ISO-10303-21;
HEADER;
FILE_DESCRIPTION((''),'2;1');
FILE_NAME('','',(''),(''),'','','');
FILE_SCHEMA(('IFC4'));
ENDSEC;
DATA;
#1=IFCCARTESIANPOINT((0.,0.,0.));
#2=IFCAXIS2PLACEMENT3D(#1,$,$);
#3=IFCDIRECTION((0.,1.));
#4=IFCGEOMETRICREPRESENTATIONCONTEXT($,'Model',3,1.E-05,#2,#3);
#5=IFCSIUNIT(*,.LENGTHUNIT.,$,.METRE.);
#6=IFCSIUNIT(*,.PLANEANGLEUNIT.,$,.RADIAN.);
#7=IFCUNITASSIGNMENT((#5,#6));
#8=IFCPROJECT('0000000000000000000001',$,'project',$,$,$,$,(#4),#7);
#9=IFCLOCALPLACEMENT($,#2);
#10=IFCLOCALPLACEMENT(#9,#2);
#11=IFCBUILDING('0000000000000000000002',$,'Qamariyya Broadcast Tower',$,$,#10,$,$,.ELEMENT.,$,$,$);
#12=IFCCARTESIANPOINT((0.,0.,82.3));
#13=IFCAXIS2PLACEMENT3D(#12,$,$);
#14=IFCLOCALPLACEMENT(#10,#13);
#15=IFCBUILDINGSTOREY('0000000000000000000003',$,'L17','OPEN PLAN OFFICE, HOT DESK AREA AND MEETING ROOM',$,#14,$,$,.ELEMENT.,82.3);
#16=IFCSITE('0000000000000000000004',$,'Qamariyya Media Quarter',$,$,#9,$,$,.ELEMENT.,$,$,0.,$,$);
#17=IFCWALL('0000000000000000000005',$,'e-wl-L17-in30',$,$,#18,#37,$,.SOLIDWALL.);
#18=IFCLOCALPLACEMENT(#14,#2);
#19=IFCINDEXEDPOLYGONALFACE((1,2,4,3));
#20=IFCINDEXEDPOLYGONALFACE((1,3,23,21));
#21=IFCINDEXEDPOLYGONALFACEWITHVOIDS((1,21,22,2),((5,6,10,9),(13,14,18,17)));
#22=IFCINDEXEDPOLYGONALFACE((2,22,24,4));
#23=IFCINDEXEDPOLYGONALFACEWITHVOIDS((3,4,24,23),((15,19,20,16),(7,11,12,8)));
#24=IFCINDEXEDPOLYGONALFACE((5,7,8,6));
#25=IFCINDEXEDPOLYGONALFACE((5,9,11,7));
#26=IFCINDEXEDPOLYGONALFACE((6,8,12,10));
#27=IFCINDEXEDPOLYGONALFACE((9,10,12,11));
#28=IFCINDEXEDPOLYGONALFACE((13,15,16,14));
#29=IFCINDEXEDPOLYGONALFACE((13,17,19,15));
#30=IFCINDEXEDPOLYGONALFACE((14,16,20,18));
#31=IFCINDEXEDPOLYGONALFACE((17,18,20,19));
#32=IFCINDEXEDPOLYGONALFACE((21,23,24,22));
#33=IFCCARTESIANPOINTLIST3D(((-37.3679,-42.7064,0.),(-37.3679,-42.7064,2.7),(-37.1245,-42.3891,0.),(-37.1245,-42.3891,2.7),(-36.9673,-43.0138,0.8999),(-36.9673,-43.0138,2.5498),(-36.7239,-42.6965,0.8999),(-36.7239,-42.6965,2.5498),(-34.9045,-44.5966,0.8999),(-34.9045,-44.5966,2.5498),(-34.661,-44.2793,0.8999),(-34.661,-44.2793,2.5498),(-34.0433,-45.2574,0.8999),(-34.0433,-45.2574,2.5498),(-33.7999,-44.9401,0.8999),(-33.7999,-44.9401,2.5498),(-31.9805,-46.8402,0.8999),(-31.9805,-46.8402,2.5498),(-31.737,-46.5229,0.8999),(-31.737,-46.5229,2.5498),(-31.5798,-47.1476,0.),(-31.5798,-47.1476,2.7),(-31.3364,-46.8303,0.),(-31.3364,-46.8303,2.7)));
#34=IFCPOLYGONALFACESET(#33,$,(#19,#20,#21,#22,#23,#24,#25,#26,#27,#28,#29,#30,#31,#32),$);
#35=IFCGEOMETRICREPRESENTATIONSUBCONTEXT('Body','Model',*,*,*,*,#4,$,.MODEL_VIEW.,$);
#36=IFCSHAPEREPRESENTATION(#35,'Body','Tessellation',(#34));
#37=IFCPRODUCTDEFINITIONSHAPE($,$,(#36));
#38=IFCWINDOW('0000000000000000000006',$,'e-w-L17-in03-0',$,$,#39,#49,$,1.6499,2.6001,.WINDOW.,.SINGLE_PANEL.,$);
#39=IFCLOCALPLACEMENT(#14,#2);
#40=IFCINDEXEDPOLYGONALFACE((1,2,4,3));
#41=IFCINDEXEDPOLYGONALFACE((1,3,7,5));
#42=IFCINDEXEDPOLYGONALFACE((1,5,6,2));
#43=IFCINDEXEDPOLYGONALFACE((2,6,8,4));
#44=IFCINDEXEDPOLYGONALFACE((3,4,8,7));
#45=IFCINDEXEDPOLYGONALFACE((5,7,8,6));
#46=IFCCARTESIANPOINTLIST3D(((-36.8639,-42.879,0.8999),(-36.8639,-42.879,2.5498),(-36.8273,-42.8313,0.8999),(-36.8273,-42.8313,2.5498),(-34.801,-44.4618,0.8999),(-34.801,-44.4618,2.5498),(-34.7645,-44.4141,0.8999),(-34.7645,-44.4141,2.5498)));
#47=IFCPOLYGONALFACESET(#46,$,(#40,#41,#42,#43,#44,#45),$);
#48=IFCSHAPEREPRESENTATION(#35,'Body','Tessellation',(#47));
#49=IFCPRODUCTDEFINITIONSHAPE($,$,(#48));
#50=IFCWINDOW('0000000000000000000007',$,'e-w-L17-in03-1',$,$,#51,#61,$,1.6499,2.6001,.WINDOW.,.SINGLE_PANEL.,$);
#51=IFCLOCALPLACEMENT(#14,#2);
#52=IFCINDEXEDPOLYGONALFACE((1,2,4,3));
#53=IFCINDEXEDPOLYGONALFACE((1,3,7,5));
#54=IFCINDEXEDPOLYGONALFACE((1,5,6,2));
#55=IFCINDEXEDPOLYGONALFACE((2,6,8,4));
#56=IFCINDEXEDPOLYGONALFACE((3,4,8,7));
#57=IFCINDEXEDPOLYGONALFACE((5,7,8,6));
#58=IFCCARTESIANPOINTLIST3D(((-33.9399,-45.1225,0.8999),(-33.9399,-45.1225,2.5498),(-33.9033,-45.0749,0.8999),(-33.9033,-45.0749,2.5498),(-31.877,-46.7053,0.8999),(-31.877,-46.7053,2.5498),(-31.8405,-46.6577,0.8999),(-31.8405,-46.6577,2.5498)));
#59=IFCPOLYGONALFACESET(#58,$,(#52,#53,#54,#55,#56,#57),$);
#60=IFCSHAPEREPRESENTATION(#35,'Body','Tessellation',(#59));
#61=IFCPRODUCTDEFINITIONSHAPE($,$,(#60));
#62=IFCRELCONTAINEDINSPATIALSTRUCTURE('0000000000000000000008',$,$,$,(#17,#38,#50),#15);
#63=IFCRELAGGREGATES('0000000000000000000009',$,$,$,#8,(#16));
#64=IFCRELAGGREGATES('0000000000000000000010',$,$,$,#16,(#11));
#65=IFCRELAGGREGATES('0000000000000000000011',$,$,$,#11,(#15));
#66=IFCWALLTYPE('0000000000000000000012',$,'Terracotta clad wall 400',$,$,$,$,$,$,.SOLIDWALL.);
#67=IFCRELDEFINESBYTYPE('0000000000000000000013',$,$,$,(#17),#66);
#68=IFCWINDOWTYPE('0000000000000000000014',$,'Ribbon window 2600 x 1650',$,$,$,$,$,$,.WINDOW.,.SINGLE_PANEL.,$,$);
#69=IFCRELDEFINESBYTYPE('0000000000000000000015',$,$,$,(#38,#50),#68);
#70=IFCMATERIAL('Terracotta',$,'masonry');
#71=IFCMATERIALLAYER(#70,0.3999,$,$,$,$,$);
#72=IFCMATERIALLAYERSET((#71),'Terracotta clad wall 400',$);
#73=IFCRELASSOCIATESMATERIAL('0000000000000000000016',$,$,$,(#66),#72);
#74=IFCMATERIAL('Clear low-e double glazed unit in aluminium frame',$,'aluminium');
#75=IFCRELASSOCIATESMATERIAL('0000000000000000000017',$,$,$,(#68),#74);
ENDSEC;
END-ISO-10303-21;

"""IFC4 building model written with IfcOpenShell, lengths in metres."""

from ifc_helpers import new_model, si_unit, direction, frame, frame_2d, origin, place, context, subcontext, project, spatial, rectangle, extrude, material, layer, layer_set, type_object, element, fill, save


model = new_model("IFC4")

# Units and contexts
model_context = context("Model", 3, precision=1e-05, world=origin(), true_north=direction((0.0, 1.0)))
body_context = subcontext(model_context, "Body", "Model", "MODEL_VIEW")
ifc_project = project(units=[si_unit("LENGTHUNIT", "METRE"), si_unit("PLANEANGLEUNIT", "RADIAN")], contexts=[model_context])

# Site, building, storey
site_placement = place(None, origin())
site = spatial("IfcSite", under=ifc_project, at=site_placement, Name="Qamariyya Media Quarter", CompositionType="ELEMENT", RefElevation=0.0)
building_placement = place(site_placement, origin())
building = spatial("IfcBuilding", under=site, at=building_placement, Name="Qamariyya Broadcast Tower", CompositionType="ELEMENT")
storey_placement = place(building_placement, frame((0.0, 0.0, 82.3)))
storey = spatial("IfcBuildingStorey", under=building, at=storey_placement, Name="L17", Description="OPEN PLAN OFFICE, HOT DESK AREA AND MEETING ROOM", CompositionType="ELEMENT", Elevation=82.3)

# Wall, openings, windows
ifc_material_1 = material(Name="Terracotta", Category="masonry")
ifc_layer_1 = layer(ifc_material_1, 0.3999)
ifc_layer_set_1 = layer_set([ifc_layer_1], Name="Terracotta clad wall 400")
wall_type = type_object("IfcWallType", Name="Terracotta clad wall 400", PredefinedType="SOLIDWALL", material=ifc_layer_set_1)
ifc_material_2 = material(Name="Clear low-e double glazed unit in aluminium frame", Category="aluminium")
window_type = type_object("IfcWindowType", Name="Ribbon window 2600 x 1650", PartitioningType="SINGLE_PANEL", PredefinedType="WINDOW", material=ifc_material_2)
wall_1_placement = place(storey_placement, frame((-31.458, -46.989, 0.0), z_axis=(0.0, 0.0, 1.0), x_axis=(-0.793366, 0.608745, 0.0)))
wall_1 = element("IfcWall", 1, at=wall_1_placement, inside=storey, type_object=wall_type, Name="e-wl-L17-in30", PredefinedType="SOLIDWALL", context=body_context, shape_type="SweptSolid", body=[
    extrude(rectangle(XDim=7.2957, YDim=0.3999, at=frame_2d((3.6479, 0.0))), origin(), (0.0, 0.0, 1.0), 2.7),
])
opening_1_placement = place(wall_1_placement, frame((4.1907, 0.0, 0.8999)))
opening_1 = element("IfcOpeningElement", 2, at=opening_1_placement, cuts=wall_1, PredefinedType="OPENING", context=body_context, shape_type="SweptSolid", body=[
    extrude(rectangle(XDim=2.6001, YDim=1.6499, at=frame_2d((1.3, 0.825))), frame((0.0, 0.21, 0.0), z_axis=(0.0, -1.0, 0.0), x_axis=(1.0, 0.0, 0.0)), (0.0, 0.0, 1.0), 0.4199),
])
opening_2_placement = place(wall_1_placement, frame((0.5051, 0.0, 0.8999)))
opening_2 = element("IfcOpeningElement", 3, at=opening_2_placement, cuts=wall_1, PredefinedType="OPENING", context=body_context, shape_type="SweptSolid", body=[
    extrude(rectangle(XDim=2.6001, YDim=1.6499, at=frame_2d((1.3, 0.825))), frame((0.0, 0.21, 0.0), z_axis=(0.0, -1.0, 0.0), x_axis=(1.0, 0.0, 0.0)), (0.0, 0.0, 1.0), 0.4199),
])
window_1_placement = place(opening_1_placement, origin())
window_1 = element("IfcWindow", 4, at=window_1_placement, inside=storey, type_object=window_type, Name="e-w-L17-in03-0", OverallHeight=1.6499, OverallWidth=2.6001, PartitioningType="SINGLE_PANEL", PredefinedType="WINDOW", context=body_context, shape_type="SweptSolid", body=[
    extrude(rectangle(XDim=2.6001, YDim=1.6499, at=frame_2d((1.3, 0.825))), frame((0.0, 0.03, 0.0), z_axis=(0.0, -1.0, 0.0), x_axis=(1.0, 0.0, 0.0)), (0.0, 0.0, 1.0), 0.0601),
])
fill(opening_1, window_1)
window_2_placement = place(opening_2_placement, origin())
window_2 = element("IfcWindow", 5, at=window_2_placement, inside=storey, type_object=window_type, Name="e-w-L17-in03-1", OverallHeight=1.6499, OverallWidth=2.6001, PartitioningType="SINGLE_PANEL", PredefinedType="WINDOW", context=body_context, shape_type="SweptSolid", body=[
    extrude(rectangle(XDim=2.6001, YDim=1.6499, at=frame_2d((1.3, 0.825))), frame((0.0, 0.03, 0.0), z_axis=(0.0, -1.0, 0.0), x_axis=(1.0, 0.0, 0.0)), (0.0, 0.0, 1.0), 0.0601),
])
fill(opening_2, window_2)

save(model, "model.ifc")
